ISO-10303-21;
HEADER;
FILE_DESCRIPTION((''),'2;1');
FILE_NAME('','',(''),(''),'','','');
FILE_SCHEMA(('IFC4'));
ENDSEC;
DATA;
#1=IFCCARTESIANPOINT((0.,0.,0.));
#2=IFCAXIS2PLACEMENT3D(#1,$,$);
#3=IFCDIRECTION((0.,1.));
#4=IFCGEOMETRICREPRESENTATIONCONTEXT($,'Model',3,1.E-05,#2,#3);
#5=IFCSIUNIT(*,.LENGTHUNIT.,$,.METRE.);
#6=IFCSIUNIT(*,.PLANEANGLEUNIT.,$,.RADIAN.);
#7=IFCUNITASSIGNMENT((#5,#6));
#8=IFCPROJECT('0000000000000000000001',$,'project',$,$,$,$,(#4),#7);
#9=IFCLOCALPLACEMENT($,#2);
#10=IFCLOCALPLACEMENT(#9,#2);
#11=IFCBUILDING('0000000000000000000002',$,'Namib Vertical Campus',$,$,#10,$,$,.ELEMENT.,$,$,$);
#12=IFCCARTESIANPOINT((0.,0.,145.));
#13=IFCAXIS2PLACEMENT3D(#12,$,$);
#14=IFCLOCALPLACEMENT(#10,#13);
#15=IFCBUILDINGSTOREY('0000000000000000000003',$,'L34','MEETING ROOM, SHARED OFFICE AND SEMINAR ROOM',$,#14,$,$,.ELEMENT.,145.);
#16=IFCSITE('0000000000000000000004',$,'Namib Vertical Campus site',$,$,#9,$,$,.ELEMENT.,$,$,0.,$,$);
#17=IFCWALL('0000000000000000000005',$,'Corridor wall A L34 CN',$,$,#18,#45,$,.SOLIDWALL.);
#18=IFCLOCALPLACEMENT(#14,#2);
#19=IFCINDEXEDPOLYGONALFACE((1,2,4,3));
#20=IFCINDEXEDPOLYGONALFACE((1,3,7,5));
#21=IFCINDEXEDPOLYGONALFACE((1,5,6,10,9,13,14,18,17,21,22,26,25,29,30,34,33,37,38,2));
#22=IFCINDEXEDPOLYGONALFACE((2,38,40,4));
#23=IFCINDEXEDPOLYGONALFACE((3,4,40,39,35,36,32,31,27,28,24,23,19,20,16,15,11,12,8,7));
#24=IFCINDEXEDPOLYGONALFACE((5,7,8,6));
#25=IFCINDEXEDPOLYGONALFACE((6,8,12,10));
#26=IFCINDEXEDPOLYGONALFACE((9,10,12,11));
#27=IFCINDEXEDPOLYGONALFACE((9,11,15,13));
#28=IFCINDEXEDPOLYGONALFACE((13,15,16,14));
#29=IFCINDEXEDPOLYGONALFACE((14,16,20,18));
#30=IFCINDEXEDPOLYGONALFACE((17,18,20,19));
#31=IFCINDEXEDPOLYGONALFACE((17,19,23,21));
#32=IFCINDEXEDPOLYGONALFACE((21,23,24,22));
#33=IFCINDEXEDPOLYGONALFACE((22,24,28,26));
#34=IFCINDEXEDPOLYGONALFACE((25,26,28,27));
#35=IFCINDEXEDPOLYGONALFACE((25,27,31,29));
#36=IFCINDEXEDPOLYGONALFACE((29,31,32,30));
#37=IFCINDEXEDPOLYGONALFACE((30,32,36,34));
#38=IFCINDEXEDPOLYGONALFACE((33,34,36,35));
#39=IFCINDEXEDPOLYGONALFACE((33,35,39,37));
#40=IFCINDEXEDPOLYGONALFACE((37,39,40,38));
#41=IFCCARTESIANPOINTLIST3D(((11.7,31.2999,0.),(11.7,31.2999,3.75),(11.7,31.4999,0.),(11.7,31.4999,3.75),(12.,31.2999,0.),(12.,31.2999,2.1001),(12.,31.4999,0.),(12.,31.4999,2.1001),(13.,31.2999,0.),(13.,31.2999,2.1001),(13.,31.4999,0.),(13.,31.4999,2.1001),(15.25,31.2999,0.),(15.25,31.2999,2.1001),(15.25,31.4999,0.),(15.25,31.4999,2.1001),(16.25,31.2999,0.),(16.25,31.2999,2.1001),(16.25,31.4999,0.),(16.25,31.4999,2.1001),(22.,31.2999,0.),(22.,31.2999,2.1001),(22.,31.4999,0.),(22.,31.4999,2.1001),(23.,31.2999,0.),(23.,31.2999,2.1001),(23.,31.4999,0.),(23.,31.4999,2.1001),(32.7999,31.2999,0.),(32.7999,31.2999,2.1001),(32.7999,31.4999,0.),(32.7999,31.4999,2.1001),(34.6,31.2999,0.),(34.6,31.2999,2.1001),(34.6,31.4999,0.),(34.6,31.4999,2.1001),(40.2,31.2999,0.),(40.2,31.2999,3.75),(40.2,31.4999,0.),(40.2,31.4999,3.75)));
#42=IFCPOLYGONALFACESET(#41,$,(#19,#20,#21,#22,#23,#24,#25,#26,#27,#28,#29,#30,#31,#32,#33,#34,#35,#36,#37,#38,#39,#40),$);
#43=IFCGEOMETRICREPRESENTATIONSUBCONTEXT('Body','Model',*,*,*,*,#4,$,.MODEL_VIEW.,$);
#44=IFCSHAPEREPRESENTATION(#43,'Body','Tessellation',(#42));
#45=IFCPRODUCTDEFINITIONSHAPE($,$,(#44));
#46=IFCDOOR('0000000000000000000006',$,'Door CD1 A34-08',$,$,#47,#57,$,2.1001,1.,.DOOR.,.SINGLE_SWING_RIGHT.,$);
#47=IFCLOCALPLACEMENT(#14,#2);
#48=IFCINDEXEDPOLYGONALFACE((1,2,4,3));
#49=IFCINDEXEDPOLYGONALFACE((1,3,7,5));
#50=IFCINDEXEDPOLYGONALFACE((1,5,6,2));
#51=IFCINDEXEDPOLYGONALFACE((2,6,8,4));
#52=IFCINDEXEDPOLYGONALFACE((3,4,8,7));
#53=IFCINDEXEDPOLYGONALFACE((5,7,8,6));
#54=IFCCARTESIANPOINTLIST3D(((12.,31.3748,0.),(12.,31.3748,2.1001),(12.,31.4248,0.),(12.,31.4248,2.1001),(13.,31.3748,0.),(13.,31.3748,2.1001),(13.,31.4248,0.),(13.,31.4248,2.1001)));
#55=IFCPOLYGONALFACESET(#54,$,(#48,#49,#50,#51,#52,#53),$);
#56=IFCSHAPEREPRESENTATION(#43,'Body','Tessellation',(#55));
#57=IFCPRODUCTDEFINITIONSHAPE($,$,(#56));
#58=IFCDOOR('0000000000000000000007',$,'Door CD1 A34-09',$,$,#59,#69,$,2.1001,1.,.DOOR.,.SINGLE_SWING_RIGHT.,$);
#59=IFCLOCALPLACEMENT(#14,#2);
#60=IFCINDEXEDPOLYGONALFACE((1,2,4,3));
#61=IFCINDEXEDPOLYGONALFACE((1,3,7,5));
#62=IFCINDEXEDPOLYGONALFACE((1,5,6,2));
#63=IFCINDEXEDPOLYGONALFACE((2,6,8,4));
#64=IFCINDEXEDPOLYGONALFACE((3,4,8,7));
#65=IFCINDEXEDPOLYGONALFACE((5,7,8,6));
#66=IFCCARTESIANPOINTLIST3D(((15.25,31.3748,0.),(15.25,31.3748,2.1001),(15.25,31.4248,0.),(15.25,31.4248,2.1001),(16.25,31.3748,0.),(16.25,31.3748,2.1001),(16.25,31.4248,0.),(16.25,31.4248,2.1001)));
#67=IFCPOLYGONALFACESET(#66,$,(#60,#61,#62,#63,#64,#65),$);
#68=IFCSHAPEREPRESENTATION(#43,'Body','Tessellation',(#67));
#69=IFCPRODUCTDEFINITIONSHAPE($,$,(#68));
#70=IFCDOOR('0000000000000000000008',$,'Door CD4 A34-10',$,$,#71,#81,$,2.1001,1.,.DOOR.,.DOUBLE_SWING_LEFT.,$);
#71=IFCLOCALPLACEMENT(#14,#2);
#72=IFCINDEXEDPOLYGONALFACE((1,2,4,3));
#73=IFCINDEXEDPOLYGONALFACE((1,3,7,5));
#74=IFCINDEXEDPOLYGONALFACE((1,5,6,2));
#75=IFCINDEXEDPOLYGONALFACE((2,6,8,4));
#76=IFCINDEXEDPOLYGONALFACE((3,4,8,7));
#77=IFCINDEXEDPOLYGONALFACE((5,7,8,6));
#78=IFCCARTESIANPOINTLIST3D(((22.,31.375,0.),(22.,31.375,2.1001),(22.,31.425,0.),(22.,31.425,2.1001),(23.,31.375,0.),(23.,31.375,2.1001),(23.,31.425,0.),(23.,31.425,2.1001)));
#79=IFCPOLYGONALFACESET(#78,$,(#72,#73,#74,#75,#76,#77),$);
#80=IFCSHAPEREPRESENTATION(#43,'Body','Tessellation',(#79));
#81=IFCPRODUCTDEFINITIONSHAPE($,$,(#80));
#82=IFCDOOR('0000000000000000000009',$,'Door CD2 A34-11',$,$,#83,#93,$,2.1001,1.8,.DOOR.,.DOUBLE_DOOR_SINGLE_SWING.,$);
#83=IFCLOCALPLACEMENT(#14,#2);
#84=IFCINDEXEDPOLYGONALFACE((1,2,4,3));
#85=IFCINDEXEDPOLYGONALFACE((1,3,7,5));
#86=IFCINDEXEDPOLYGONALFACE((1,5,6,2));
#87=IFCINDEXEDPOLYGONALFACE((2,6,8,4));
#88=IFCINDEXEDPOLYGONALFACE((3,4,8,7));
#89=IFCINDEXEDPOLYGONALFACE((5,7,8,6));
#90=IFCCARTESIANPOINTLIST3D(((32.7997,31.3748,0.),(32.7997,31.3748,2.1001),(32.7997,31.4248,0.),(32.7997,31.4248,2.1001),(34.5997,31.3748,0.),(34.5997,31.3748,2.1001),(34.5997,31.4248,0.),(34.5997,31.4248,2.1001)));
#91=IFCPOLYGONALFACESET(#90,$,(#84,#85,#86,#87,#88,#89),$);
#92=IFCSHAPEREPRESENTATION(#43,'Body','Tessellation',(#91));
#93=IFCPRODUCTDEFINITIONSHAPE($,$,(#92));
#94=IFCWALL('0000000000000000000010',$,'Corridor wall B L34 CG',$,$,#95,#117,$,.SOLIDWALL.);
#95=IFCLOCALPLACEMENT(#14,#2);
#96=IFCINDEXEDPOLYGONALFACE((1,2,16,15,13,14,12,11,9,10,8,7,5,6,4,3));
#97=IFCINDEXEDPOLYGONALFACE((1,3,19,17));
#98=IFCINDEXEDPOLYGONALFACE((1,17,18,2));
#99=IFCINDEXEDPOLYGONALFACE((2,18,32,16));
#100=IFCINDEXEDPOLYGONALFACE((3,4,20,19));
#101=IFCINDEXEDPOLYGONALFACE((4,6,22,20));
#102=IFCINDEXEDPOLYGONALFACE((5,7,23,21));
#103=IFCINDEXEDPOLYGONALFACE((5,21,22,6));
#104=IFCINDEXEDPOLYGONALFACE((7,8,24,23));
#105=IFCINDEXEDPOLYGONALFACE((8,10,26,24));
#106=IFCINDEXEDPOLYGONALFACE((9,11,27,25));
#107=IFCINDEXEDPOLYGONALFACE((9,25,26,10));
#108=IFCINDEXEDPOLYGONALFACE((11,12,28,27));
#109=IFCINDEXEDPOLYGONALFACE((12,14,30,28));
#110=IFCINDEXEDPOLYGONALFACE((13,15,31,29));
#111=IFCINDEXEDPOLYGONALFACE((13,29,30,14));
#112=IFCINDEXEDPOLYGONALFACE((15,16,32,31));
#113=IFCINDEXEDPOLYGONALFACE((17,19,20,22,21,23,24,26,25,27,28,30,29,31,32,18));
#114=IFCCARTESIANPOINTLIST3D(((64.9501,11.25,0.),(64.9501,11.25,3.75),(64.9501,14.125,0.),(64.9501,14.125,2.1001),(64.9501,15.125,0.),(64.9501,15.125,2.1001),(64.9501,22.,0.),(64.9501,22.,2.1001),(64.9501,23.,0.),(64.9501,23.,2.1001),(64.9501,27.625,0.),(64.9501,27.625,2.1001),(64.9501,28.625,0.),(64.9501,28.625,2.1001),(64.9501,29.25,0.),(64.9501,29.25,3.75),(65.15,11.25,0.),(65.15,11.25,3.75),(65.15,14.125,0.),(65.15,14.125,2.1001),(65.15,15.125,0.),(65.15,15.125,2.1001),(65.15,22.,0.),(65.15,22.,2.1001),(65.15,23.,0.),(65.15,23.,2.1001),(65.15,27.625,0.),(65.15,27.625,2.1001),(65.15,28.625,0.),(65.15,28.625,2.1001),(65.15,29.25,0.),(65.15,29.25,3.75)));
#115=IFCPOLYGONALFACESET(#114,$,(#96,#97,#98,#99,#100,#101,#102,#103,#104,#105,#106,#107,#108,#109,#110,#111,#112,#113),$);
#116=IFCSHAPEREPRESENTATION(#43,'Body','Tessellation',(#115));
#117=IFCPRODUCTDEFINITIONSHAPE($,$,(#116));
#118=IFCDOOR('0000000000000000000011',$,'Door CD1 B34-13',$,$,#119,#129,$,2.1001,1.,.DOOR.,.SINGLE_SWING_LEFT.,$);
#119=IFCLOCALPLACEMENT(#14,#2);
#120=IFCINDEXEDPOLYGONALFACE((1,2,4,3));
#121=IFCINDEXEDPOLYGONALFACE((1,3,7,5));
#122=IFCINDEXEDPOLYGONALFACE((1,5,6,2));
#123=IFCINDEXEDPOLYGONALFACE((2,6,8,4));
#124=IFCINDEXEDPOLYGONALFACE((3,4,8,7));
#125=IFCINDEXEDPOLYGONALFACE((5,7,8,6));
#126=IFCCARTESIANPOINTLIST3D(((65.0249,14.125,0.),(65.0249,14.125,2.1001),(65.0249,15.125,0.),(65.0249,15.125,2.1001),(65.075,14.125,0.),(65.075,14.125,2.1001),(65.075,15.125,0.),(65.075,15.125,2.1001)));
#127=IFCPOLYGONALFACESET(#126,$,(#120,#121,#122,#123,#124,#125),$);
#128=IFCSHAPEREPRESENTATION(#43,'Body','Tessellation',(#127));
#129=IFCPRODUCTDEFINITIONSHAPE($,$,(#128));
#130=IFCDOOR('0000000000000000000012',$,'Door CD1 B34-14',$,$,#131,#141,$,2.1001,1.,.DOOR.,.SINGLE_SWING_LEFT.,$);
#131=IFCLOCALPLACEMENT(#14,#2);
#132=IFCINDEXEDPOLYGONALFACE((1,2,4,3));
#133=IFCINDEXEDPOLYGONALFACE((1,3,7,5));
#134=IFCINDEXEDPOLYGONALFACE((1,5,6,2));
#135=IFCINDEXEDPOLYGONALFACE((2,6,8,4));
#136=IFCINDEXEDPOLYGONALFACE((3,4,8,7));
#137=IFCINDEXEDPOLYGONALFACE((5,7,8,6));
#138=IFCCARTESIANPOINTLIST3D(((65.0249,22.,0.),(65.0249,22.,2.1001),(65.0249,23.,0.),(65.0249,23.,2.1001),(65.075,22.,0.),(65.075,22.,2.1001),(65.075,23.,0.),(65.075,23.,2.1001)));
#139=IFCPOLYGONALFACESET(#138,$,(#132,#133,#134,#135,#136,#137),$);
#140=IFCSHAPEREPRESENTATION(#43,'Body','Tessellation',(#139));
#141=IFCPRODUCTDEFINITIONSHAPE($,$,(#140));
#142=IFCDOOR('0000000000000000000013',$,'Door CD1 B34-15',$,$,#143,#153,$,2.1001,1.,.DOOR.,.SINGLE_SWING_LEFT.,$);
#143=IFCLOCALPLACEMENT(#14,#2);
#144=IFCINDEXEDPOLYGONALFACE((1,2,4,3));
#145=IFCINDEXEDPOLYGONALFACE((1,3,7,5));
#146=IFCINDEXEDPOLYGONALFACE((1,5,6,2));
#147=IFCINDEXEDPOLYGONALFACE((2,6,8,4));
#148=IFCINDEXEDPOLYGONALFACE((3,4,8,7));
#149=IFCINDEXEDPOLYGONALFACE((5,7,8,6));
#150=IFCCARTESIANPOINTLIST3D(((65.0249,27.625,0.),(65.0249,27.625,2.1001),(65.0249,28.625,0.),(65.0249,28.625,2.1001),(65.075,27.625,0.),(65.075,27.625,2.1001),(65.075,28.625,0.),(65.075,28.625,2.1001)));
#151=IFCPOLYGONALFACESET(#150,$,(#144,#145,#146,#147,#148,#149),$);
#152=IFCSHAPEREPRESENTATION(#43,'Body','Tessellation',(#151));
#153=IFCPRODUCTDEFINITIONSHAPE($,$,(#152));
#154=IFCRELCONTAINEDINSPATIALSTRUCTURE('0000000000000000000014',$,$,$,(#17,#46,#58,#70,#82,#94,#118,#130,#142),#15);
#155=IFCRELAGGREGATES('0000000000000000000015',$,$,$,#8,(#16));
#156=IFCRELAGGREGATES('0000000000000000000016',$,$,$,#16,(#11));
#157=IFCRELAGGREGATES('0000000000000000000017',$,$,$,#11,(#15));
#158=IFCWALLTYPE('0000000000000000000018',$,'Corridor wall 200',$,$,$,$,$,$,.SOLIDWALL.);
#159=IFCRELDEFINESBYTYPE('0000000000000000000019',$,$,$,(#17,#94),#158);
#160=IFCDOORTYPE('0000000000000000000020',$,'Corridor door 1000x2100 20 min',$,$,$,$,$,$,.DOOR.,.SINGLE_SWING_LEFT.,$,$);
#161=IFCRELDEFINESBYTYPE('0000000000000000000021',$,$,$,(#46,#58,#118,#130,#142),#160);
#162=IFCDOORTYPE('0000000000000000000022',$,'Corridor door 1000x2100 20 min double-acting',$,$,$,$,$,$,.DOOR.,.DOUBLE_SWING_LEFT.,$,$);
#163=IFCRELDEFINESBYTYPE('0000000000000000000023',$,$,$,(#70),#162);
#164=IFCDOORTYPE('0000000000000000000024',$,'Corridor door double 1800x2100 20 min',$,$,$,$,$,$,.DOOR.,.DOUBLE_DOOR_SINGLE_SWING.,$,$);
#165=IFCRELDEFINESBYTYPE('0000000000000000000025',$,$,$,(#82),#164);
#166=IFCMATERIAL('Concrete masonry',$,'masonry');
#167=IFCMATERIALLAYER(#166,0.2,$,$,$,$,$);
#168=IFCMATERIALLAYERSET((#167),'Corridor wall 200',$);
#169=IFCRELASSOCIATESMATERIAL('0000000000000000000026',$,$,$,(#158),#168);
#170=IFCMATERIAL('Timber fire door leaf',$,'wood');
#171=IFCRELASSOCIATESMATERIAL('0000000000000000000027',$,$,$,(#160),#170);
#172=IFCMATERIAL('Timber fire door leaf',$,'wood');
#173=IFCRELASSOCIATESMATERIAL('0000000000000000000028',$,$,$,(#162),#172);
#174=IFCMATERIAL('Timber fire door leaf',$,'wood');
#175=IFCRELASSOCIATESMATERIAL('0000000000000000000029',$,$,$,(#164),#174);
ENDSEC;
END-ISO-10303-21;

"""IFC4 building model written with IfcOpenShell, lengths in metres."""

from ifc_helpers import new_model, si_unit, direction, frame, frame_2d, origin, place, context, subcontext, project, spatial, rectangle, extrude, material, layer, layer_set, type_object, element, fill, save


model = new_model("IFC4")

# Units and contexts
model_context = context("Model", 3, precision=1e-05, world=origin(), true_north=direction((0.0, 1.0)))
body_context = subcontext(model_context, "Body", "Model", "MODEL_VIEW")
ifc_project = project(units=[si_unit("LENGTHUNIT", "METRE"), si_unit("PLANEANGLEUNIT", "RADIAN")], contexts=[model_context])

# Site, building, storey
site_placement = place(None, origin())
site = spatial("IfcSite", under=ifc_project, at=site_placement, Name="Namib Vertical Campus site", CompositionType="ELEMENT", RefElevation=0.0)
building_placement = place(site_placement, origin())
building = spatial("IfcBuilding", under=site, at=building_placement, Name="Namib Vertical Campus", CompositionType="ELEMENT")
storey_placement = place(building_placement, frame((0.0, 0.0, 145.0)))
storey = spatial("IfcBuildingStorey", under=building, at=storey_placement, Name="L34", Description="MEETING ROOM, SHARED OFFICE AND SEMINAR ROOM", CompositionType="ELEMENT", Elevation=145.0)

# Walls, openings, doors
ifc_material_1 = material(Name="Concrete masonry", Category="masonry")
ifc_layer_1 = layer(ifc_material_1, 0.2)
ifc_layer_set_1 = layer_set([ifc_layer_1], Name="Corridor wall 200")
wall_type_1 = type_object("IfcWallType", Name="Corridor wall 200", PredefinedType="SOLIDWALL", material=ifc_layer_set_1)
wall_1_placement = place(storey_placement, frame((40.2, 31.3999, 0.0), z_axis=(0.0, 0.0, 1.0), x_axis=(-1.0, 0.0, 0.0)))
wall_1 = element("IfcWall", 1, at=wall_1_placement, inside=storey, type_object=wall_type_1, Name="Corridor wall A L34 CN", PredefinedType="SOLIDWALL", context=body_context, shape_type="SweptSolid", body=[
    extrude(rectangle(XDim=28.5, YDim=0.2, at=frame_2d((14.25, 0.0))), origin(), (0.0, 0.0, 1.0), 3.75),
])
opening_1_placement = place(wall_1_placement, frame((27.2, 0.0, 0.0)))
opening_1 = element("IfcOpeningElement", 2, at=opening_1_placement, cuts=wall_1, PredefinedType="OPENING", context=body_context, shape_type="SweptSolid", body=[
    extrude(rectangle(XDim=1.0, YDim=2.1001, at=frame_2d((0.5, 1.05))), frame((0.0, 0.1099, 0.0), z_axis=(0.0, -1.0, 0.0), x_axis=(1.0, 0.0, 0.0)), (0.0, 0.0, 1.0), 0.22),
])
opening_2_placement = place(wall_1_placement, frame((23.95, 0.0, 0.0)))
opening_2 = element("IfcOpeningElement", 3, at=opening_2_placement, cuts=wall_1, PredefinedType="OPENING", context=body_context, shape_type="SweptSolid", body=[
    extrude(rectangle(XDim=1.0, YDim=2.1001, at=frame_2d((0.5, 1.05))), frame((0.0, 0.1099, 0.0), z_axis=(0.0, -1.0, 0.0), x_axis=(1.0, 0.0, 0.0)), (0.0, 0.0, 1.0), 0.22),
])
opening_3_placement = place(wall_1_placement, frame((17.2, 0.0, 0.0)))
opening_3 = element("IfcOpeningElement", 4, at=opening_3_placement, cuts=wall_1, PredefinedType="OPENING", context=body_context, shape_type="SweptSolid", body=[
    extrude(rectangle(XDim=1.0, YDim=2.1001, at=frame_2d((0.5, 1.05))), frame((0.0, 0.1099, 0.0), z_axis=(0.0, -1.0, 0.0), x_axis=(1.0, 0.0, 0.0)), (0.0, 0.0, 1.0), 0.22),
])
opening_4_placement = place(wall_1_placement, frame((5.6001, 0.0, 0.0)))
opening_4 = element("IfcOpeningElement", 5, at=opening_4_placement, cuts=wall_1, PredefinedType="OPENING", context=body_context, shape_type="SweptSolid", body=[
    extrude(rectangle(XDim=1.8, YDim=2.1001, at=frame_2d((0.8999, 1.05))), frame((0.0, 0.1099, 0.0), z_axis=(0.0, -1.0, 0.0), x_axis=(1.0, 0.0, 0.0)), (0.0, 0.0, 1.0), 0.22),
])
ifc_material_2 = material(Name="Timber fire door leaf", Category="wood")
door_type_1 = type_object("IfcDoorType", Name="Corridor door 1000x2100 20 min", OperationType="SINGLE_SWING_LEFT", PredefinedType="DOOR", material=ifc_material_2)
door_1_placement = place(opening_1_placement, frame((1.0, 0.0, 0.0), z_axis=(0.0, 0.0, 1.0), x_axis=(-1.0, 0.0, 0.0)))
door_1 = element("IfcDoor", 6, at=door_1_placement, inside=storey, type_object=door_type_1, Name="Door CD1 A34-08", OperationType="SINGLE_SWING_RIGHT", OverallHeight=2.1001, OverallWidth=1.0, PredefinedType="DOOR", context=body_context, shape_type="SweptSolid", body=[
    extrude(rectangle(XDim=1.0, YDim=2.1001, at=frame_2d((0.5, 1.05))), frame((0.0, 0.0249, 0.0), z_axis=(0.0, -1.0, 0.0), x_axis=(1.0, 0.0, 0.0)), (0.0, 0.0, 1.0), 0.05),
])
fill(opening_1, door_1)
door_2_placement = place(opening_2_placement, frame((1.0, 0.0, 0.0), z_axis=(0.0, 0.0, 1.0), x_axis=(-1.0, 0.0, 0.0)))
door_2 = element("IfcDoor", 7, at=door_2_placement, inside=storey, type_object=door_type_1, Name="Door CD1 A34-09", OperationType="SINGLE_SWING_RIGHT", OverallHeight=2.1001, OverallWidth=1.0, PredefinedType="DOOR", context=body_context, shape_type="SweptSolid", body=[
    extrude(rectangle(XDim=1.0, YDim=2.1001, at=frame_2d((0.5, 1.05))), frame((0.0, 0.0249, 0.0), z_axis=(0.0, -1.0, 0.0), x_axis=(1.0, 0.0, 0.0)), (0.0, 0.0, 1.0), 0.05),
])
fill(opening_2, door_2)
ifc_material_3 = material(Name="Timber fire door leaf", Category="wood")
door_type_2 = type_object("IfcDoorType", Name="Corridor door 1000x2100 20 min double-acting", OperationType="DOUBLE_SWING_LEFT", PredefinedType="DOOR", material=ifc_material_3)
door_3_placement = place(opening_3_placement, origin())
door_3 = element("IfcDoor", 8, at=door_3_placement, inside=storey, type_object=door_type_2, Name="Door CD4 A34-10", OperationType="DOUBLE_SWING_LEFT", OverallHeight=2.1001, OverallWidth=1.0, PredefinedType="DOOR", context=body_context, shape_type="SweptSolid", body=[
    extrude(rectangle(XDim=1.0, YDim=2.1001, at=frame_2d((0.5, 1.05))), frame((0.0, 0.0249, 0.0), z_axis=(0.0, -1.0, 0.0), x_axis=(1.0, 0.0, 0.0)), (0.0, 0.0, 1.0), 0.05),
])
fill(opening_3, door_3)
ifc_material_4 = material(Name="Timber fire door leaf", Category="wood")
door_type_3 = type_object("IfcDoorType", Name="Corridor door double 1800x2100 20 min", OperationType="DOUBLE_DOOR_SINGLE_SWING", PredefinedType="DOOR", material=ifc_material_4)
door_4_placement = place(opening_4_placement, frame((1.8, 0.0, 0.0), z_axis=(0.0, 0.0, 1.0), x_axis=(-1.0, 0.0, 0.0)))
door_4 = element("IfcDoor", 9, at=door_4_placement, inside=storey, type_object=door_type_3, Name="Door CD2 A34-11", OperationType="DOUBLE_DOOR_SINGLE_SWING", OverallHeight=2.1001, OverallWidth=1.8, PredefinedType="DOOR", context=body_context, shape_type="SweptSolid", body=[
    extrude(rectangle(XDim=1.8, YDim=2.1001, at=frame_2d((0.8999, 1.05))), frame((0.0, 0.0249, 0.0), z_axis=(0.0, -1.0, 0.0), x_axis=(1.0, 0.0, 0.0)), (0.0, 0.0, 1.0), 0.05),
])
fill(opening_4, door_4)
wall_2_placement = place(storey_placement, frame((65.05, 29.25, 0.0), z_axis=(0.0, 0.0, 1.0), x_axis=(0.0, -1.0, 0.0)))
wall_2 = element("IfcWall", 10, at=wall_2_placement, inside=storey, type_object=wall_type_1, Name="Corridor wall B L34 CG", PredefinedType="SOLIDWALL", context=body_context, shape_type="SweptSolid", body=[
    extrude(rectangle(XDim=18.0, YDim=0.2, at=frame_2d((9.0, 0.0))), origin(), (0.0, 0.0, 1.0), 3.75),
])
opening_5_placement = place(wall_2_placement, frame((14.125, 0.0, 0.0)))
opening_5 = element("IfcOpeningElement", 11, at=opening_5_placement, cuts=wall_2, PredefinedType="OPENING", context=body_context, shape_type="SweptSolid", body=[
    extrude(rectangle(XDim=1.0, YDim=2.1001, at=frame_2d((0.5, 1.05))), frame((0.0, 0.1099, 0.0), z_axis=(0.0, -1.0, 0.0), x_axis=(1.0, 0.0, 0.0)), (0.0, 0.0, 1.0), 0.22),
])
opening_6_placement = place(wall_2_placement, frame((6.25, 0.0, 0.0)))
opening_6 = element("IfcOpeningElement", 12, at=opening_6_placement, cuts=wall_2, PredefinedType="OPENING", context=body_context, shape_type="SweptSolid", body=[
    extrude(rectangle(XDim=1.0, YDim=2.1001, at=frame_2d((0.5, 1.05))), frame((0.0, 0.1099, 0.0), z_axis=(0.0, -1.0, 0.0), x_axis=(1.0, 0.0, 0.0)), (0.0, 0.0, 1.0), 0.22),
])
opening_7_placement = place(wall_2_placement, frame((0.625, 0.0, 0.0)))
opening_7 = element("IfcOpeningElement", 13, at=opening_7_placement, cuts=wall_2, PredefinedType="OPENING", context=body_context, shape_type="SweptSolid", body=[
    extrude(rectangle(XDim=1.0, YDim=2.1001, at=frame_2d((0.5, 1.05))), frame((0.0, 0.1099, 0.0), z_axis=(0.0, -1.0, 0.0), x_axis=(1.0, 0.0, 0.0)), (0.0, 0.0, 1.0), 0.22),
])
door_5_placement = place(opening_5_placement, origin())
door_5 = element("IfcDoor", 14, at=door_5_placement, inside=storey, type_object=door_type_1, Name="Door CD1 B34-13", OperationType="SINGLE_SWING_LEFT", OverallHeight=2.1001, OverallWidth=1.0, PredefinedType="DOOR", context=body_context, shape_type="SweptSolid", body=[
    extrude(rectangle(XDim=1.0, YDim=2.1001, at=frame_2d((0.5, 1.05))), frame((0.0, 0.0249, 0.0), z_axis=(0.0, -1.0, 0.0), x_axis=(1.0, 0.0, 0.0)), (0.0, 0.0, 1.0), 0.05),
])
fill(opening_5, door_5)
door_6_placement = place(opening_6_placement, origin())
door_6 = element("IfcDoor", 15, at=door_6_placement, inside=storey, type_object=door_type_1, Name="Door CD1 B34-14", OperationType="SINGLE_SWING_LEFT", OverallHeight=2.1001, OverallWidth=1.0, PredefinedType="DOOR", context=body_context, shape_type="SweptSolid", body=[
    extrude(rectangle(XDim=1.0, YDim=2.1001, at=frame_2d((0.5, 1.05))), frame((0.0, 0.0249, 0.0), z_axis=(0.0, -1.0, 0.0), x_axis=(1.0, 0.0, 0.0)), (0.0, 0.0, 1.0), 0.05),
])
fill(opening_6, door_6)
door_7_placement = place(opening_7_placement, origin())
door_7 = element("IfcDoor", 16, at=door_7_placement, inside=storey, type_object=door_type_1, Name="Door CD1 B34-15", OperationType="SINGLE_SWING_LEFT", OverallHeight=2.1001, OverallWidth=1.0, PredefinedType="DOOR", context=body_context, shape_type="SweptSolid", body=[
    extrude(rectangle(XDim=1.0, YDim=2.1001, at=frame_2d((0.5, 1.05))), frame((0.0, 0.0249, 0.0), z_axis=(0.0, -1.0, 0.0), x_axis=(1.0, 0.0, 0.0)), (0.0, 0.0, 1.0), 0.05),
])
fill(opening_7, door_7)

save(model, "model.ifc")
